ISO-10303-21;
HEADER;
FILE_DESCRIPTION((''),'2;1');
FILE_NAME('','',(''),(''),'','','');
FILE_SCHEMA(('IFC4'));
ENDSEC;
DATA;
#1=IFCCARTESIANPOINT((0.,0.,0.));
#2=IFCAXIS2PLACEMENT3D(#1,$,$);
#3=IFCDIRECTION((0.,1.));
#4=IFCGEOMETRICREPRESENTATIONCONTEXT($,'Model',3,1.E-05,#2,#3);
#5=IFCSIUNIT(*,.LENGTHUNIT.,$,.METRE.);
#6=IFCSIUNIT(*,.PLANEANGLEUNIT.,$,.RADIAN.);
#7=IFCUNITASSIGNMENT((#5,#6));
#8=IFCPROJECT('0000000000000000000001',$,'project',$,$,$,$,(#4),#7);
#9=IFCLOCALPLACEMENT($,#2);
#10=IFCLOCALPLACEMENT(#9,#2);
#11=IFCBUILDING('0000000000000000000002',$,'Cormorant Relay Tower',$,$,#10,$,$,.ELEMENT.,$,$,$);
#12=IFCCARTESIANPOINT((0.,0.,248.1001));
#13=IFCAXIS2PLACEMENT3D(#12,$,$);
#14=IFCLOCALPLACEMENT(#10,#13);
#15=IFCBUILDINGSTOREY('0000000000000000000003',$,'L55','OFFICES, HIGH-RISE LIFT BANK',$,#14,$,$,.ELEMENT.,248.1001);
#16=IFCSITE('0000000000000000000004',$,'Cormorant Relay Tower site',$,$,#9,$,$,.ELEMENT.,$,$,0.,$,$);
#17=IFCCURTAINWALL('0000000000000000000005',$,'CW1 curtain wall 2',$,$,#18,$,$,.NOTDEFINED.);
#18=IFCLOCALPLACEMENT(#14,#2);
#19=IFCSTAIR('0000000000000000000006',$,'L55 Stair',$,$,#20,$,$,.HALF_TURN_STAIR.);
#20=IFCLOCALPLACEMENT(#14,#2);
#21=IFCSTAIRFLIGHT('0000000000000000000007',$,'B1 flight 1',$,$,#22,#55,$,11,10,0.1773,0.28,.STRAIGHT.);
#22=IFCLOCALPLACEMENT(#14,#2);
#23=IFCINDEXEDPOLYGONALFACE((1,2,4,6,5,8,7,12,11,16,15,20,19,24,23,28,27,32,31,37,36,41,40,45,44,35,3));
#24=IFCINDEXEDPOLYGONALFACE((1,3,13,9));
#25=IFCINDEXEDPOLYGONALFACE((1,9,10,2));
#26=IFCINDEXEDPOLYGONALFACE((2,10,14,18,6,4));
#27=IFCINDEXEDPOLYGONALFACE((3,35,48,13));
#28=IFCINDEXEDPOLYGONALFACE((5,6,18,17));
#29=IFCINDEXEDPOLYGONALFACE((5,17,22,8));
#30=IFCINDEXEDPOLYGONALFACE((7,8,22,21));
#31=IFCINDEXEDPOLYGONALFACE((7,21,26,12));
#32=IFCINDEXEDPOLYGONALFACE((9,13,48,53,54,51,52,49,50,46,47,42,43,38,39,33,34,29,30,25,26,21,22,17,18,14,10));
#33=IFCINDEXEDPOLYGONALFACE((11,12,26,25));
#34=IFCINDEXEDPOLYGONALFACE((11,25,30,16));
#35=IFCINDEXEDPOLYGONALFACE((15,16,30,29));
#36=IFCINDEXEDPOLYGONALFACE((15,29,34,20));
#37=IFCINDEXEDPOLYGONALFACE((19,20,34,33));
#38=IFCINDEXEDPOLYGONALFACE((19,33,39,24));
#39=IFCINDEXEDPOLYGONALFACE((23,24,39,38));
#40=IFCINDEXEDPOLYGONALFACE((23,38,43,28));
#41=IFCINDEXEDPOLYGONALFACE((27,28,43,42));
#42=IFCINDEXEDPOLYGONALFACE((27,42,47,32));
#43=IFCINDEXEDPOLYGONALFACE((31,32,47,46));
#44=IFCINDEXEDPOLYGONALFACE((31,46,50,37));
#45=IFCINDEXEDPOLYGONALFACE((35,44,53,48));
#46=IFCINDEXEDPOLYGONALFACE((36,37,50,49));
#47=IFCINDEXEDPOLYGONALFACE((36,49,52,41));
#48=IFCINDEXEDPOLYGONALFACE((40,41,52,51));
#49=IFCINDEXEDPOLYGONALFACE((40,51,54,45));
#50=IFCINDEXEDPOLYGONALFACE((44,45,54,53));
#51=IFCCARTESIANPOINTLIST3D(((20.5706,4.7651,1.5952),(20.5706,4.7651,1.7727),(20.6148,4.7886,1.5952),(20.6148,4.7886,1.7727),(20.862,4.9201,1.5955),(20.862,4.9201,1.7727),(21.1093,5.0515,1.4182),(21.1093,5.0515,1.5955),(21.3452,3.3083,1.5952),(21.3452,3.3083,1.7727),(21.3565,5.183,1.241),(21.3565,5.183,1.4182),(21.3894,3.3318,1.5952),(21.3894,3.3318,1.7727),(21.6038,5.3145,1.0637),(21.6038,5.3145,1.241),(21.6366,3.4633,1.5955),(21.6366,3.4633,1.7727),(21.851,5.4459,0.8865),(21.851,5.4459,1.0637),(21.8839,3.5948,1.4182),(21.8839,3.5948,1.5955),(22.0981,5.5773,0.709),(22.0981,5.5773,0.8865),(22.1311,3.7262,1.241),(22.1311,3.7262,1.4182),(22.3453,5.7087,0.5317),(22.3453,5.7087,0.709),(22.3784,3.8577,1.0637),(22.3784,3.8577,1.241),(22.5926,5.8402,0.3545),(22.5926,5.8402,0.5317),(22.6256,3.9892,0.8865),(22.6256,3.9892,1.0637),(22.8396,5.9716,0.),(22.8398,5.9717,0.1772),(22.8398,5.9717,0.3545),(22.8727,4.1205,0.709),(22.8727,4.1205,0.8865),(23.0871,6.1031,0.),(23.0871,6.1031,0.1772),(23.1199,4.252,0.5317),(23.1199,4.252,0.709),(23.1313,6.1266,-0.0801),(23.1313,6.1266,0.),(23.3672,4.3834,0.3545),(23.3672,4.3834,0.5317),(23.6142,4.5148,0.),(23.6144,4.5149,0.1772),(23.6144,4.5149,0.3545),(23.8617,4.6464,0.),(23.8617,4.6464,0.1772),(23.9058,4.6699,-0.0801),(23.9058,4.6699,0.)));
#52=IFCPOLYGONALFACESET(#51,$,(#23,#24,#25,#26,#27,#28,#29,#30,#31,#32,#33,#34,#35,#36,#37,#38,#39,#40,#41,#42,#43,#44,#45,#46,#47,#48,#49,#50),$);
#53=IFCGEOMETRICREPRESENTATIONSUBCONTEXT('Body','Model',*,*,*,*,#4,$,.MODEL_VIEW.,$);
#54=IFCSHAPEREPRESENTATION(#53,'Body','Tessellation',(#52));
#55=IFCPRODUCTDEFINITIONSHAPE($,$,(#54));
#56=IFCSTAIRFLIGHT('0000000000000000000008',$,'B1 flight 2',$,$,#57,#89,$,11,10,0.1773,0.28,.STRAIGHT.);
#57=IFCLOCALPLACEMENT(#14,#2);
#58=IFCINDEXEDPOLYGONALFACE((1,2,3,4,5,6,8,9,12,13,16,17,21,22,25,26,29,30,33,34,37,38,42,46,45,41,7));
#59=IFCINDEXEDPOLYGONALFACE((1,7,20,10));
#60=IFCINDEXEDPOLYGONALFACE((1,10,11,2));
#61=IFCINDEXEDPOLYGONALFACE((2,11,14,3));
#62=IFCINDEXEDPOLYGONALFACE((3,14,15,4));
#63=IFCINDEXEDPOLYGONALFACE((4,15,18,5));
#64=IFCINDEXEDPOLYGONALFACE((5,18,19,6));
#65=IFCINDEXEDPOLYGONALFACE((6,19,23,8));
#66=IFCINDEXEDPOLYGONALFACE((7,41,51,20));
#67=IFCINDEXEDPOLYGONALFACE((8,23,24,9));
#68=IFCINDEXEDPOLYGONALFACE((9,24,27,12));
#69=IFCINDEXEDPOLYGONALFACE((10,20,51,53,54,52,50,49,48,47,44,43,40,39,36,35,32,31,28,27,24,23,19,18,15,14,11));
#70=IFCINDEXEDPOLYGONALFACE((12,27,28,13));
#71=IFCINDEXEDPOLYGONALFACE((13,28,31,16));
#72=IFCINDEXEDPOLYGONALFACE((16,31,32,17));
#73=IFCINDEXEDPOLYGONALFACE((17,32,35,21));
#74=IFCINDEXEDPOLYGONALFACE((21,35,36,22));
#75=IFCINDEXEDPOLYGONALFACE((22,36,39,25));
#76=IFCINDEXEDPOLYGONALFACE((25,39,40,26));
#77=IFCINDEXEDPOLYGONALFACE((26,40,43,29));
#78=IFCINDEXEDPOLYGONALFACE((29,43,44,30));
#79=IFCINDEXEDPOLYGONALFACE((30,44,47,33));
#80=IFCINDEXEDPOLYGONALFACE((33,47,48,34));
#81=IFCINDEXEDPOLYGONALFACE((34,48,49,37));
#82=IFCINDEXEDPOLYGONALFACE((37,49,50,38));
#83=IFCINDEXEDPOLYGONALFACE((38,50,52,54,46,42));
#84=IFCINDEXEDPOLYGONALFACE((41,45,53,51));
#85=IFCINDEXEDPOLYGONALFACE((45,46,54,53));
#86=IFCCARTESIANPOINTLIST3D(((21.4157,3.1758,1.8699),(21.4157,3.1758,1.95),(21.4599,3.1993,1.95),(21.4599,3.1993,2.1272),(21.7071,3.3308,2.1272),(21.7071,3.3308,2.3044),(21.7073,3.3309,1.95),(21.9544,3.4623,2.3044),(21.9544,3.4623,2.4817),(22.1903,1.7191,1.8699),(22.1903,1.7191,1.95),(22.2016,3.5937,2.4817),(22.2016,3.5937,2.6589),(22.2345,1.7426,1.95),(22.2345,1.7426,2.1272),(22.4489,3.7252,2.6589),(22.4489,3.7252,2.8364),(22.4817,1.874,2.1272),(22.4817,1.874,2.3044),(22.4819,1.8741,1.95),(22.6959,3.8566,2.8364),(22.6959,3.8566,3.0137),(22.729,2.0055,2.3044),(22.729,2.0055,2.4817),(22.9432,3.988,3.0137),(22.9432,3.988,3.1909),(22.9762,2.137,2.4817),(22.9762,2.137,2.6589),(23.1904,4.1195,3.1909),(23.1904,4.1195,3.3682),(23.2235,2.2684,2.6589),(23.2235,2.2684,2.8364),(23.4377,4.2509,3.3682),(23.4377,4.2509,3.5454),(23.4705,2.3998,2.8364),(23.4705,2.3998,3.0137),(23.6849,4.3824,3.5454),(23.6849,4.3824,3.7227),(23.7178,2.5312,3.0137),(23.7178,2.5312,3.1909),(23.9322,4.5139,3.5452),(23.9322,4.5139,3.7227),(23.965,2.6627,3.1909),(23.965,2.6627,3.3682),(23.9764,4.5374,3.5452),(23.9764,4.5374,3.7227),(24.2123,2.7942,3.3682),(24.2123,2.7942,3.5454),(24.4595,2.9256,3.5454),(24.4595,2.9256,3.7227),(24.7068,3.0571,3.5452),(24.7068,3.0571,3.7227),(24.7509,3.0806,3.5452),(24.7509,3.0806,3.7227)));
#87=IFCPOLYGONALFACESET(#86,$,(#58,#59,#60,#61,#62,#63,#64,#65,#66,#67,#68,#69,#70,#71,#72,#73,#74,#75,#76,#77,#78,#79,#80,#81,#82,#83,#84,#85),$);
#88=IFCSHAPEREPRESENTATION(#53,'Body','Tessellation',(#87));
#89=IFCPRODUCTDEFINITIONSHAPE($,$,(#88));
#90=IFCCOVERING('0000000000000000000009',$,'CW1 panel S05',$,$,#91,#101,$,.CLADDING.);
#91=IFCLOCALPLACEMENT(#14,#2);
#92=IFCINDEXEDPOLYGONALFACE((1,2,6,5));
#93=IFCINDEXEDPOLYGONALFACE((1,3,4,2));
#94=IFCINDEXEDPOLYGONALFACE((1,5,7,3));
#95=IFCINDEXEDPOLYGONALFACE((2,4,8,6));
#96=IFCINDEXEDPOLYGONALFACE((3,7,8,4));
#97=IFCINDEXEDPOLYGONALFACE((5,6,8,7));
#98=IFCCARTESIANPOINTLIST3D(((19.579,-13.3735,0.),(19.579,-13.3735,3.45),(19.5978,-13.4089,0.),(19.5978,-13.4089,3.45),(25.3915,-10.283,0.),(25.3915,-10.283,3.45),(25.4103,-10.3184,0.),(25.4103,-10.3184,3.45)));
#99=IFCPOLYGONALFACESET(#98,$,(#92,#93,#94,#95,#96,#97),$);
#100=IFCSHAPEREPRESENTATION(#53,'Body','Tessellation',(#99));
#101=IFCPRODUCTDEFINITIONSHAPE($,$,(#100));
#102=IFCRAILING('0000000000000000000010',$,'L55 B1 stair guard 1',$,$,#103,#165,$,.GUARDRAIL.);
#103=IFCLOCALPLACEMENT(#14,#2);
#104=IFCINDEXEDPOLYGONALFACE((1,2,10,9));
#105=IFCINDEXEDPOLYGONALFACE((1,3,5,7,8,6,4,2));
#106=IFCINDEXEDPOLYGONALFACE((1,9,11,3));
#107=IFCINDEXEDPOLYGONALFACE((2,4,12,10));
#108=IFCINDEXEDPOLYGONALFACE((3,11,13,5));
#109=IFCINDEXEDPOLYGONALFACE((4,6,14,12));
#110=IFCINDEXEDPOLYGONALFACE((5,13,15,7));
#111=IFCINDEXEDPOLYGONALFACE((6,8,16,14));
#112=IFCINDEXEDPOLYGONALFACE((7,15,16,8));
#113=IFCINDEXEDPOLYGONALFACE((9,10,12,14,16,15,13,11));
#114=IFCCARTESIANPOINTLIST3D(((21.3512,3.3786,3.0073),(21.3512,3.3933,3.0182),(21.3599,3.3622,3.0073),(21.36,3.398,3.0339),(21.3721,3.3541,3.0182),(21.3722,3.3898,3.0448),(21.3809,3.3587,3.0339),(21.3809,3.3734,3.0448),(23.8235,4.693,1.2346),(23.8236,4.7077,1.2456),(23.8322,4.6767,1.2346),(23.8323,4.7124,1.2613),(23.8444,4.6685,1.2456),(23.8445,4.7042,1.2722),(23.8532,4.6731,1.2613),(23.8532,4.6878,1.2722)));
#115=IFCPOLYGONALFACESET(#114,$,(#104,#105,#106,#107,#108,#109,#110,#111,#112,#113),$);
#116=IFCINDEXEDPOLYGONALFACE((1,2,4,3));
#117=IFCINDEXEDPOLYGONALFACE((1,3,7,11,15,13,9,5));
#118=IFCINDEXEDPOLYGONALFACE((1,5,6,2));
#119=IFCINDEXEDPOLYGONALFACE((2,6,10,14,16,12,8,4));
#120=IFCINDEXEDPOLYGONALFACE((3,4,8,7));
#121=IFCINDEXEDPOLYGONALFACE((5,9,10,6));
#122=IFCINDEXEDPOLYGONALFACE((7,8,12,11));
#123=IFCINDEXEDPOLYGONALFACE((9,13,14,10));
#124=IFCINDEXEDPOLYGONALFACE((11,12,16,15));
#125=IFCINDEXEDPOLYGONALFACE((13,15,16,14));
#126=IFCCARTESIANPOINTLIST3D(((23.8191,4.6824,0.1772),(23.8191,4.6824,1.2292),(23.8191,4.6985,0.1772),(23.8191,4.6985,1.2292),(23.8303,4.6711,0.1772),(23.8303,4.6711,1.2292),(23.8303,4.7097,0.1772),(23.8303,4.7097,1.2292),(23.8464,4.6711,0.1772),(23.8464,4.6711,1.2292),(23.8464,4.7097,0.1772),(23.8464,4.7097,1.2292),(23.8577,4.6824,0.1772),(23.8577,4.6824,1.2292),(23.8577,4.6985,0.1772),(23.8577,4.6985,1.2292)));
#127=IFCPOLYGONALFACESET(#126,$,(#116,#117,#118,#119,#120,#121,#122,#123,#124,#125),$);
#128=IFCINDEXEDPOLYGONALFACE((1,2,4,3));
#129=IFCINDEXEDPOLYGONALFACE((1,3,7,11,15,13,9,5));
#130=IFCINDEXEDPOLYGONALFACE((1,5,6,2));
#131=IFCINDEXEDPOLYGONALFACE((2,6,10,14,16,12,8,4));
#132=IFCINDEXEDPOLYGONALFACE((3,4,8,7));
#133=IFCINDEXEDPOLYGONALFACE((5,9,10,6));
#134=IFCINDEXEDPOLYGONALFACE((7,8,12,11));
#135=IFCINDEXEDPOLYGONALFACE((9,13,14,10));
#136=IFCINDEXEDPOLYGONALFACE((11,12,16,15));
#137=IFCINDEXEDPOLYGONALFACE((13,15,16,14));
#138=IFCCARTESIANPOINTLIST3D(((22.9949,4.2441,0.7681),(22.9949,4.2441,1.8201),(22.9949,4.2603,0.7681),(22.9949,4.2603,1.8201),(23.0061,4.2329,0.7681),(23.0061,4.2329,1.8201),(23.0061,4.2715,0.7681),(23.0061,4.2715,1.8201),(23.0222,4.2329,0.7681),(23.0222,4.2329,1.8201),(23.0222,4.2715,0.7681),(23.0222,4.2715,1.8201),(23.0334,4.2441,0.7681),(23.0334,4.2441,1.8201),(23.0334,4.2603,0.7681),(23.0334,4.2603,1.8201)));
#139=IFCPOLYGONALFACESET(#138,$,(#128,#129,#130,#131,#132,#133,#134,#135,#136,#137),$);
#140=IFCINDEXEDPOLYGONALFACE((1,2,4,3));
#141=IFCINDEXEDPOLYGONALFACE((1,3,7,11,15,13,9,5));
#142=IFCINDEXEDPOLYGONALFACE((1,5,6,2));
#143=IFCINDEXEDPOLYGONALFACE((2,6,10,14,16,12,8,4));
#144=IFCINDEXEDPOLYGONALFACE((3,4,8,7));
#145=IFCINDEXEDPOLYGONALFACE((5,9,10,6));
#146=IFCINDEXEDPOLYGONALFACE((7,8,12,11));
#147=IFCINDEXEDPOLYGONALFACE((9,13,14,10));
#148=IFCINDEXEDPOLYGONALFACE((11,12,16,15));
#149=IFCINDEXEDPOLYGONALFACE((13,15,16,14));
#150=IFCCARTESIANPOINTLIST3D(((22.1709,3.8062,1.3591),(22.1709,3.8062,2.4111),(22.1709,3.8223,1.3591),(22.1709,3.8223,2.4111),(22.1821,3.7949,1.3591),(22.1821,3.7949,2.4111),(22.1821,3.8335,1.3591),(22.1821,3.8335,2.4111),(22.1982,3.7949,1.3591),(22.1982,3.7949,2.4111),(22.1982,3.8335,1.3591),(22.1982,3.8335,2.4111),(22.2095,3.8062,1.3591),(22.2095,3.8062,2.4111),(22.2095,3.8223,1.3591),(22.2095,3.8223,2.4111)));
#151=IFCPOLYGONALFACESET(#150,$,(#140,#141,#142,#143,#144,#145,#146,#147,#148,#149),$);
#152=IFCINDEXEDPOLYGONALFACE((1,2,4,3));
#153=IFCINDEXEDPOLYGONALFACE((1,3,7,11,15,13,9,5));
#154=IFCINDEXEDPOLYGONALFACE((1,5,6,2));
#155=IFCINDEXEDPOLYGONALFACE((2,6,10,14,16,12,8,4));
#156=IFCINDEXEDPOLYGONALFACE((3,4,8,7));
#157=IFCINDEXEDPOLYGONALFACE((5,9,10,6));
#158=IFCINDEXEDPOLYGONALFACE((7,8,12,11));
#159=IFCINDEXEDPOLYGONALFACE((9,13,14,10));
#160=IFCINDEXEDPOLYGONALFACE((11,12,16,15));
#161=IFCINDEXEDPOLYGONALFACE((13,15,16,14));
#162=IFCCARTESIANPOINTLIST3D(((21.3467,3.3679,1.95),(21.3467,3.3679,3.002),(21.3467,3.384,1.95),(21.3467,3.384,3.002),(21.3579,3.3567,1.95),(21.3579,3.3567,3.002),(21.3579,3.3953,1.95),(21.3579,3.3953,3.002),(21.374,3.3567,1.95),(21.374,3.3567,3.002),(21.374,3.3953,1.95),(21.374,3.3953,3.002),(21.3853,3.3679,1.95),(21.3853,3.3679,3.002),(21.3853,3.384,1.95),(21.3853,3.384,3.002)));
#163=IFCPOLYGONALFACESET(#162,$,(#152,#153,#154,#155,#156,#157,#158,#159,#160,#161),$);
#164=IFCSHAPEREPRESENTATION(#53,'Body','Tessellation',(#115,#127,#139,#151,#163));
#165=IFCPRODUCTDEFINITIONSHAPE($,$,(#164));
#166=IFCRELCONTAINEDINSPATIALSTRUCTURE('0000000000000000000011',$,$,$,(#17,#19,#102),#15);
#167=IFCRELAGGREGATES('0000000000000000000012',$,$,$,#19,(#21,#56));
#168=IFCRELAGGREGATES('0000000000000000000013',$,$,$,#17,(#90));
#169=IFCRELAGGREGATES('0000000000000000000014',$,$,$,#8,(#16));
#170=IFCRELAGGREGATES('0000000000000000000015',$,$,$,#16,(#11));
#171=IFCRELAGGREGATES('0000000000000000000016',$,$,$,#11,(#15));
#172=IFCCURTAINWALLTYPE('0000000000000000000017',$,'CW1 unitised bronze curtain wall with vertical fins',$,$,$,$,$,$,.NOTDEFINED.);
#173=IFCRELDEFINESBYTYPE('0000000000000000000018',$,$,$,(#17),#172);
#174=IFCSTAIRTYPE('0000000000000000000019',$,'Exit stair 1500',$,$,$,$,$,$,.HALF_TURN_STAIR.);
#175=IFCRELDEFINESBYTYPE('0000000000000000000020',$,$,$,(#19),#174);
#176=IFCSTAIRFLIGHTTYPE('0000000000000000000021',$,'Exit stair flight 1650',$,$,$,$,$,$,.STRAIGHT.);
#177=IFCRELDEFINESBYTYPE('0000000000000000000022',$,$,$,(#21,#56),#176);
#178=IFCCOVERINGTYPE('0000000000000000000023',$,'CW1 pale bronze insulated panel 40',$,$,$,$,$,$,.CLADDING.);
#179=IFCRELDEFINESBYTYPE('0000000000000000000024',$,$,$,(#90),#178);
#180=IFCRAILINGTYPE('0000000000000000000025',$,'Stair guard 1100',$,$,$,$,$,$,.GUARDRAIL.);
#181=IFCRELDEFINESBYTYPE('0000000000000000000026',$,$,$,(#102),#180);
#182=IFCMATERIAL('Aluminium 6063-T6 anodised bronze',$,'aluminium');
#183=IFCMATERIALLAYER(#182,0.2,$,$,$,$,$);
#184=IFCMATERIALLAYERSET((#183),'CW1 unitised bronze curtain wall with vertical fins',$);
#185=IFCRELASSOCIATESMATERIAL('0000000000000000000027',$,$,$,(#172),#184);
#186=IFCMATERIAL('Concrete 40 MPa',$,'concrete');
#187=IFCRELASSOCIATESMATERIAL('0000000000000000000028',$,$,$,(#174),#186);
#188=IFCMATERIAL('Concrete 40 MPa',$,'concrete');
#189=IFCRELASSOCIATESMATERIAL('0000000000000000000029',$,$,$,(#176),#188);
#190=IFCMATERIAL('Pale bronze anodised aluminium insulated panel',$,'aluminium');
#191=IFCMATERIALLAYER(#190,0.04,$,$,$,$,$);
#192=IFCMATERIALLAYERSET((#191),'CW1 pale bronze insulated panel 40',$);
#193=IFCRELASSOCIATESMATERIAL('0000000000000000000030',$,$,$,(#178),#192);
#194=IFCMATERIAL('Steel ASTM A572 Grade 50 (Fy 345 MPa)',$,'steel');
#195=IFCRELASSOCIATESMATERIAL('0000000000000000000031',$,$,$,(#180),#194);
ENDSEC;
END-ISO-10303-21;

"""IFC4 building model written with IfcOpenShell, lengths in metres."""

from ifc_helpers import new_model, si_unit, direction, frame, origin, origin_2d, place, context, subcontext, project, spatial, polyline, rectangle, outline, extrude, material, layer, layer_set, type_object, element, aggregate, save


model = new_model("IFC4")

# Units and contexts
model_context = context("Model", 3, precision=1e-05, world=origin(), true_north=direction((0.0, 1.0)))
body_context = subcontext(model_context, "Body", "Model", "MODEL_VIEW")
ifc_project = project(units=[si_unit("LENGTHUNIT", "METRE"), si_unit("PLANEANGLEUNIT", "RADIAN")], contexts=[model_context])

# Site, building, storey
site_placement = place(None, origin())
site = spatial("IfcSite", under=ifc_project, at=site_placement, Name="Cormorant Relay Tower site", CompositionType="ELEMENT", RefElevation=0.0)
building_placement = place(site_placement, origin())
building = spatial("IfcBuilding", under=site, at=building_placement, Name="Cormorant Relay Tower", CompositionType="ELEMENT")
storey_placement = place(building_placement, frame((0.0, 0.0, 248.1001)))
storey = spatial("IfcBuildingStorey", under=building, at=storey_placement, Name="L55", Description="OFFICES, HIGH-RISE LIFT BANK", CompositionType="ELEMENT", Elevation=248.1001)

# Curtain wall
ifc_material_1 = material(Name="Aluminium 6063-T6 anodised bronze", Category="aluminium")
ifc_layer_1 = layer(ifc_material_1, 0.2)
ifc_layer_set_1 = layer_set([ifc_layer_1], Name="CW1 unitised bronze curtain wall with vertical fins")
curtain_wall_type = type_object("IfcCurtainWallType", Name="CW1 unitised bronze curtain wall with vertical fins", PredefinedType="NOTDEFINED", material=ifc_layer_set_1)
curtain_wall_placement = place(storey_placement, origin())
curtain_wall = element("IfcCurtainWall", 1, at=curtain_wall_placement, inside=storey, type_object=curtain_wall_type, Name="CW1 curtain wall 2", PredefinedType="NOTDEFINED")

# Stair, stair flights
ifc_material_2 = material(Name="Concrete 40 MPa", Category="concrete")
stair_type = type_object("IfcStairType", Name="Exit stair 1500", PredefinedType="HALF_TURN_STAIR", material=ifc_material_2)
stair_placement = place(storey_placement, origin())
stair = element("IfcStair", 2, at=stair_placement, inside=storey, type_object=stair_type, Name="L55 Stair", PredefinedType="HALF_TURN_STAIR")
ifc_material_3 = material(Name="Concrete 40 MPa", Category="concrete")
stair_flight_type = type_object("IfcStairFlightType", Name="Exit stair flight 1650", PredefinedType="STRAIGHT", material=ifc_material_3)
stair_flight_1_placement = place(storey_placement, frame((23.4744, 5.3748, 0.0), z_axis=(0.0, 0.0, 1.0), x_axis=(-0.882948, -0.469472, 0.0)))
stair_flight_1 = element("IfcStairFlight", 3, at=stair_flight_1_placement, type_object=stair_flight_type, Name="B1 flight 1", NumberOfRisers=11, NumberOfTreads=10, PredefinedType="STRAIGHT", RiserHeight=0.1773, TreadLength=0.28, context=body_context, shape_type="SweptSolid", body=[
    extrude(outline(polyline([(-0.05, -0.0801), (-0.05, 0.0), (0.0, 0.0), (0.0, 0.1772), (0.28, 0.1772), (0.28, 0.3545), (0.5601, 0.3545), (0.5601, 0.5317), (0.8401, 0.5317), (0.8401, 0.709), (1.1201, 0.709), (1.1201, 0.8865), (1.3999, 0.8865), (1.3999, 1.0637), (1.6799, 1.0637), (1.6799, 1.241), (1.96, 1.241), (1.96, 1.4182), (2.24, 1.4182), (2.24, 1.5955), (2.52, 1.5955), (2.52, 1.7727), (2.8, 1.7727), (2.8501, 1.7727), (2.8501, 1.5952), (2.8, 1.5952), (0.2803, 0.0), (-0.05, -0.0801)])), frame((0.0, 0.825, 0.0), z_axis=(0.0, -1.0, 0.0), x_axis=(1.0, 0.0, 0.0)), (0.0, 0.0, 1.0), 1.6499),
])
stair_flight_2_placement = place(storey_placement, frame((21.8472, 2.4709, 1.95), z_axis=(0.0, 0.0, 1.0), x_axis=(0.882948, 0.469472, 0.0)))
stair_flight_2 = element("IfcStairFlight", 4, at=stair_flight_2_placement, type_object=stair_flight_type, Name="B1 flight 2", NumberOfRisers=11, NumberOfTreads=10, PredefinedType="STRAIGHT", RiserHeight=0.1773, TreadLength=0.28, context=body_context, shape_type="SweptSolid", body=[
    extrude(outline(polyline([(-0.05, -0.0801), (-0.05, 0.0), (0.0, 0.0), (0.0, 0.1772), (0.28, 0.1772), (0.28, 0.3545), (0.5601, 0.3545), (0.5601, 0.5317), (0.8401, 0.5317), (0.8401, 0.709), (1.1201, 0.709), (1.1201, 0.8865), (1.3999, 0.8865), (1.3999, 1.0637), (1.6799, 1.0637), (1.6799, 1.241), (1.96, 1.241), (1.96, 1.4182), (2.24, 1.4182), (2.24, 1.5955), (2.52, 1.5955), (2.52, 1.7727), (2.8, 1.7727), (2.8501, 1.7727), (2.8501, 1.5952), (2.8, 1.5952), (0.2803, 0.0), (-0.05, -0.0801)])), frame((0.0, 0.825, 0.0), z_axis=(0.0, -1.0, 0.0), x_axis=(1.0, 0.0, 0.0)), (0.0, 0.0, 1.0), 1.6499),
])
aggregate(stair, [stair_flight_1, stair_flight_2])

# Covering
ifc_material_4 = material(Name="Pale bronze anodised aluminium insulated panel", Category="aluminium")
ifc_layer_2 = layer(ifc_material_4, 0.04)
ifc_layer_set_2 = layer_set([ifc_layer_2], Name="CW1 pale bronze insulated panel 40")
covering_type = type_object("IfcCoveringType", Name="CW1 pale bronze insulated panel 40", PredefinedType="CLADDING", material=ifc_layer_set_2)
covering_placement = place(storey_placement, frame((22.4946, -11.8459, 0.0), z_axis=(0.0, 0.0, 1.0), x_axis=(0.882948, 0.469472, 0.0)))
covering = element("IfcCovering", 5, at=covering_placement, type_object=covering_type, Name="CW1 panel S05", PredefinedType="CLADDING", context=body_context, shape_type="SweptSolid", body=[
    extrude(rectangle(XDim=6.583, YDim=0.04, at=origin_2d()), origin(), (0.0, 0.0, 1.0), 3.45),
])
aggregate(curtain_wall, [covering])

# Railing
ifc_material_5 = material(Name="Steel ASTM A572 Grade 50 (Fy 345 MPa)", Category="steel")
railing_type_1 = type_object("IfcRailingType", Name="Stair guard 1100", PredefinedType="GUARDRAIL", material=ifc_material_5)
railing_1_placement = place(storey_placement, frame((23.8384, 4.6904, 0.1772)))
element("IfcRailing", 6, at=railing_1_placement, inside=storey, type_object=railing_type_1, Name="L55 B1 stair guard 1", PredefinedType="GUARDRAIL", context=body_context, shape_type="SweptSolid", body=[
    extrude(outline(polyline([(0.0222, 0.0093), (0.0093, 0.0222), (-0.0093, 0.0222), (-0.0222, 0.0093), (-0.0222, -0.0093), (-0.0093, -0.0222), (0.0093, -0.0222), (0.0222, -0.0093), (0.0222, 0.0093)])), frame((0.0, 0.0, 1.0762), z_axis=(-0.746034, -0.396627, 0.534902), x_axis=(0.469429, -0.88297, 0.0)), (0.0, 0.0, 1.0), 3.314),
    extrude(outline(polyline([(0.0193, 0.0081), (0.0081, 0.0193), (-0.0081, 0.0193), (-0.0193, 0.0081), (-0.0193, -0.0081), (-0.0081, -0.0193), (0.0081, -0.0193), (0.0193, -0.0081), (0.0193, 0.0081)])), origin(), (0.0, 0.0, 1.0), 1.052),
    extrude(outline(polyline([(0.0193, 0.0081), (0.0081, 0.0193), (-0.0081, 0.0193), (-0.0193, 0.0081), (-0.0193, -0.0081), (-0.0081, -0.0193), (0.0081, -0.0193), (0.0193, -0.0081), (0.0193, 0.0081)])), frame((-0.8242, -0.4382, 0.5908)), (0.0, 0.0, 1.0), 1.052),
    extrude(outline(polyline([(0.0193, 0.0081), (0.0081, 0.0193), (-0.0081, 0.0193), (-0.0193, 0.0081), (-0.0193, -0.0081), (-0.0081, -0.0193), (0.0081, -0.0193), (0.0193, -0.0081), (0.0193, 0.0081)])), frame((-1.6482, -0.8762, 1.1819)), (0.0, 0.0, 1.0), 1.052),
    extrude(outline(polyline([(0.0193, 0.0081), (0.0081, 0.0193), (-0.0081, 0.0193), (-0.0193, 0.0081), (-0.0193, -0.0081), (-0.0081, -0.0193), (0.0081, -0.0193), (0.0193, -0.0081), (0.0193, 0.0081)])), frame((-2.4724, -1.3145, 1.7727)), (0.0, 0.0, 1.0), 1.052),
])

save(model, "model.ifc")
